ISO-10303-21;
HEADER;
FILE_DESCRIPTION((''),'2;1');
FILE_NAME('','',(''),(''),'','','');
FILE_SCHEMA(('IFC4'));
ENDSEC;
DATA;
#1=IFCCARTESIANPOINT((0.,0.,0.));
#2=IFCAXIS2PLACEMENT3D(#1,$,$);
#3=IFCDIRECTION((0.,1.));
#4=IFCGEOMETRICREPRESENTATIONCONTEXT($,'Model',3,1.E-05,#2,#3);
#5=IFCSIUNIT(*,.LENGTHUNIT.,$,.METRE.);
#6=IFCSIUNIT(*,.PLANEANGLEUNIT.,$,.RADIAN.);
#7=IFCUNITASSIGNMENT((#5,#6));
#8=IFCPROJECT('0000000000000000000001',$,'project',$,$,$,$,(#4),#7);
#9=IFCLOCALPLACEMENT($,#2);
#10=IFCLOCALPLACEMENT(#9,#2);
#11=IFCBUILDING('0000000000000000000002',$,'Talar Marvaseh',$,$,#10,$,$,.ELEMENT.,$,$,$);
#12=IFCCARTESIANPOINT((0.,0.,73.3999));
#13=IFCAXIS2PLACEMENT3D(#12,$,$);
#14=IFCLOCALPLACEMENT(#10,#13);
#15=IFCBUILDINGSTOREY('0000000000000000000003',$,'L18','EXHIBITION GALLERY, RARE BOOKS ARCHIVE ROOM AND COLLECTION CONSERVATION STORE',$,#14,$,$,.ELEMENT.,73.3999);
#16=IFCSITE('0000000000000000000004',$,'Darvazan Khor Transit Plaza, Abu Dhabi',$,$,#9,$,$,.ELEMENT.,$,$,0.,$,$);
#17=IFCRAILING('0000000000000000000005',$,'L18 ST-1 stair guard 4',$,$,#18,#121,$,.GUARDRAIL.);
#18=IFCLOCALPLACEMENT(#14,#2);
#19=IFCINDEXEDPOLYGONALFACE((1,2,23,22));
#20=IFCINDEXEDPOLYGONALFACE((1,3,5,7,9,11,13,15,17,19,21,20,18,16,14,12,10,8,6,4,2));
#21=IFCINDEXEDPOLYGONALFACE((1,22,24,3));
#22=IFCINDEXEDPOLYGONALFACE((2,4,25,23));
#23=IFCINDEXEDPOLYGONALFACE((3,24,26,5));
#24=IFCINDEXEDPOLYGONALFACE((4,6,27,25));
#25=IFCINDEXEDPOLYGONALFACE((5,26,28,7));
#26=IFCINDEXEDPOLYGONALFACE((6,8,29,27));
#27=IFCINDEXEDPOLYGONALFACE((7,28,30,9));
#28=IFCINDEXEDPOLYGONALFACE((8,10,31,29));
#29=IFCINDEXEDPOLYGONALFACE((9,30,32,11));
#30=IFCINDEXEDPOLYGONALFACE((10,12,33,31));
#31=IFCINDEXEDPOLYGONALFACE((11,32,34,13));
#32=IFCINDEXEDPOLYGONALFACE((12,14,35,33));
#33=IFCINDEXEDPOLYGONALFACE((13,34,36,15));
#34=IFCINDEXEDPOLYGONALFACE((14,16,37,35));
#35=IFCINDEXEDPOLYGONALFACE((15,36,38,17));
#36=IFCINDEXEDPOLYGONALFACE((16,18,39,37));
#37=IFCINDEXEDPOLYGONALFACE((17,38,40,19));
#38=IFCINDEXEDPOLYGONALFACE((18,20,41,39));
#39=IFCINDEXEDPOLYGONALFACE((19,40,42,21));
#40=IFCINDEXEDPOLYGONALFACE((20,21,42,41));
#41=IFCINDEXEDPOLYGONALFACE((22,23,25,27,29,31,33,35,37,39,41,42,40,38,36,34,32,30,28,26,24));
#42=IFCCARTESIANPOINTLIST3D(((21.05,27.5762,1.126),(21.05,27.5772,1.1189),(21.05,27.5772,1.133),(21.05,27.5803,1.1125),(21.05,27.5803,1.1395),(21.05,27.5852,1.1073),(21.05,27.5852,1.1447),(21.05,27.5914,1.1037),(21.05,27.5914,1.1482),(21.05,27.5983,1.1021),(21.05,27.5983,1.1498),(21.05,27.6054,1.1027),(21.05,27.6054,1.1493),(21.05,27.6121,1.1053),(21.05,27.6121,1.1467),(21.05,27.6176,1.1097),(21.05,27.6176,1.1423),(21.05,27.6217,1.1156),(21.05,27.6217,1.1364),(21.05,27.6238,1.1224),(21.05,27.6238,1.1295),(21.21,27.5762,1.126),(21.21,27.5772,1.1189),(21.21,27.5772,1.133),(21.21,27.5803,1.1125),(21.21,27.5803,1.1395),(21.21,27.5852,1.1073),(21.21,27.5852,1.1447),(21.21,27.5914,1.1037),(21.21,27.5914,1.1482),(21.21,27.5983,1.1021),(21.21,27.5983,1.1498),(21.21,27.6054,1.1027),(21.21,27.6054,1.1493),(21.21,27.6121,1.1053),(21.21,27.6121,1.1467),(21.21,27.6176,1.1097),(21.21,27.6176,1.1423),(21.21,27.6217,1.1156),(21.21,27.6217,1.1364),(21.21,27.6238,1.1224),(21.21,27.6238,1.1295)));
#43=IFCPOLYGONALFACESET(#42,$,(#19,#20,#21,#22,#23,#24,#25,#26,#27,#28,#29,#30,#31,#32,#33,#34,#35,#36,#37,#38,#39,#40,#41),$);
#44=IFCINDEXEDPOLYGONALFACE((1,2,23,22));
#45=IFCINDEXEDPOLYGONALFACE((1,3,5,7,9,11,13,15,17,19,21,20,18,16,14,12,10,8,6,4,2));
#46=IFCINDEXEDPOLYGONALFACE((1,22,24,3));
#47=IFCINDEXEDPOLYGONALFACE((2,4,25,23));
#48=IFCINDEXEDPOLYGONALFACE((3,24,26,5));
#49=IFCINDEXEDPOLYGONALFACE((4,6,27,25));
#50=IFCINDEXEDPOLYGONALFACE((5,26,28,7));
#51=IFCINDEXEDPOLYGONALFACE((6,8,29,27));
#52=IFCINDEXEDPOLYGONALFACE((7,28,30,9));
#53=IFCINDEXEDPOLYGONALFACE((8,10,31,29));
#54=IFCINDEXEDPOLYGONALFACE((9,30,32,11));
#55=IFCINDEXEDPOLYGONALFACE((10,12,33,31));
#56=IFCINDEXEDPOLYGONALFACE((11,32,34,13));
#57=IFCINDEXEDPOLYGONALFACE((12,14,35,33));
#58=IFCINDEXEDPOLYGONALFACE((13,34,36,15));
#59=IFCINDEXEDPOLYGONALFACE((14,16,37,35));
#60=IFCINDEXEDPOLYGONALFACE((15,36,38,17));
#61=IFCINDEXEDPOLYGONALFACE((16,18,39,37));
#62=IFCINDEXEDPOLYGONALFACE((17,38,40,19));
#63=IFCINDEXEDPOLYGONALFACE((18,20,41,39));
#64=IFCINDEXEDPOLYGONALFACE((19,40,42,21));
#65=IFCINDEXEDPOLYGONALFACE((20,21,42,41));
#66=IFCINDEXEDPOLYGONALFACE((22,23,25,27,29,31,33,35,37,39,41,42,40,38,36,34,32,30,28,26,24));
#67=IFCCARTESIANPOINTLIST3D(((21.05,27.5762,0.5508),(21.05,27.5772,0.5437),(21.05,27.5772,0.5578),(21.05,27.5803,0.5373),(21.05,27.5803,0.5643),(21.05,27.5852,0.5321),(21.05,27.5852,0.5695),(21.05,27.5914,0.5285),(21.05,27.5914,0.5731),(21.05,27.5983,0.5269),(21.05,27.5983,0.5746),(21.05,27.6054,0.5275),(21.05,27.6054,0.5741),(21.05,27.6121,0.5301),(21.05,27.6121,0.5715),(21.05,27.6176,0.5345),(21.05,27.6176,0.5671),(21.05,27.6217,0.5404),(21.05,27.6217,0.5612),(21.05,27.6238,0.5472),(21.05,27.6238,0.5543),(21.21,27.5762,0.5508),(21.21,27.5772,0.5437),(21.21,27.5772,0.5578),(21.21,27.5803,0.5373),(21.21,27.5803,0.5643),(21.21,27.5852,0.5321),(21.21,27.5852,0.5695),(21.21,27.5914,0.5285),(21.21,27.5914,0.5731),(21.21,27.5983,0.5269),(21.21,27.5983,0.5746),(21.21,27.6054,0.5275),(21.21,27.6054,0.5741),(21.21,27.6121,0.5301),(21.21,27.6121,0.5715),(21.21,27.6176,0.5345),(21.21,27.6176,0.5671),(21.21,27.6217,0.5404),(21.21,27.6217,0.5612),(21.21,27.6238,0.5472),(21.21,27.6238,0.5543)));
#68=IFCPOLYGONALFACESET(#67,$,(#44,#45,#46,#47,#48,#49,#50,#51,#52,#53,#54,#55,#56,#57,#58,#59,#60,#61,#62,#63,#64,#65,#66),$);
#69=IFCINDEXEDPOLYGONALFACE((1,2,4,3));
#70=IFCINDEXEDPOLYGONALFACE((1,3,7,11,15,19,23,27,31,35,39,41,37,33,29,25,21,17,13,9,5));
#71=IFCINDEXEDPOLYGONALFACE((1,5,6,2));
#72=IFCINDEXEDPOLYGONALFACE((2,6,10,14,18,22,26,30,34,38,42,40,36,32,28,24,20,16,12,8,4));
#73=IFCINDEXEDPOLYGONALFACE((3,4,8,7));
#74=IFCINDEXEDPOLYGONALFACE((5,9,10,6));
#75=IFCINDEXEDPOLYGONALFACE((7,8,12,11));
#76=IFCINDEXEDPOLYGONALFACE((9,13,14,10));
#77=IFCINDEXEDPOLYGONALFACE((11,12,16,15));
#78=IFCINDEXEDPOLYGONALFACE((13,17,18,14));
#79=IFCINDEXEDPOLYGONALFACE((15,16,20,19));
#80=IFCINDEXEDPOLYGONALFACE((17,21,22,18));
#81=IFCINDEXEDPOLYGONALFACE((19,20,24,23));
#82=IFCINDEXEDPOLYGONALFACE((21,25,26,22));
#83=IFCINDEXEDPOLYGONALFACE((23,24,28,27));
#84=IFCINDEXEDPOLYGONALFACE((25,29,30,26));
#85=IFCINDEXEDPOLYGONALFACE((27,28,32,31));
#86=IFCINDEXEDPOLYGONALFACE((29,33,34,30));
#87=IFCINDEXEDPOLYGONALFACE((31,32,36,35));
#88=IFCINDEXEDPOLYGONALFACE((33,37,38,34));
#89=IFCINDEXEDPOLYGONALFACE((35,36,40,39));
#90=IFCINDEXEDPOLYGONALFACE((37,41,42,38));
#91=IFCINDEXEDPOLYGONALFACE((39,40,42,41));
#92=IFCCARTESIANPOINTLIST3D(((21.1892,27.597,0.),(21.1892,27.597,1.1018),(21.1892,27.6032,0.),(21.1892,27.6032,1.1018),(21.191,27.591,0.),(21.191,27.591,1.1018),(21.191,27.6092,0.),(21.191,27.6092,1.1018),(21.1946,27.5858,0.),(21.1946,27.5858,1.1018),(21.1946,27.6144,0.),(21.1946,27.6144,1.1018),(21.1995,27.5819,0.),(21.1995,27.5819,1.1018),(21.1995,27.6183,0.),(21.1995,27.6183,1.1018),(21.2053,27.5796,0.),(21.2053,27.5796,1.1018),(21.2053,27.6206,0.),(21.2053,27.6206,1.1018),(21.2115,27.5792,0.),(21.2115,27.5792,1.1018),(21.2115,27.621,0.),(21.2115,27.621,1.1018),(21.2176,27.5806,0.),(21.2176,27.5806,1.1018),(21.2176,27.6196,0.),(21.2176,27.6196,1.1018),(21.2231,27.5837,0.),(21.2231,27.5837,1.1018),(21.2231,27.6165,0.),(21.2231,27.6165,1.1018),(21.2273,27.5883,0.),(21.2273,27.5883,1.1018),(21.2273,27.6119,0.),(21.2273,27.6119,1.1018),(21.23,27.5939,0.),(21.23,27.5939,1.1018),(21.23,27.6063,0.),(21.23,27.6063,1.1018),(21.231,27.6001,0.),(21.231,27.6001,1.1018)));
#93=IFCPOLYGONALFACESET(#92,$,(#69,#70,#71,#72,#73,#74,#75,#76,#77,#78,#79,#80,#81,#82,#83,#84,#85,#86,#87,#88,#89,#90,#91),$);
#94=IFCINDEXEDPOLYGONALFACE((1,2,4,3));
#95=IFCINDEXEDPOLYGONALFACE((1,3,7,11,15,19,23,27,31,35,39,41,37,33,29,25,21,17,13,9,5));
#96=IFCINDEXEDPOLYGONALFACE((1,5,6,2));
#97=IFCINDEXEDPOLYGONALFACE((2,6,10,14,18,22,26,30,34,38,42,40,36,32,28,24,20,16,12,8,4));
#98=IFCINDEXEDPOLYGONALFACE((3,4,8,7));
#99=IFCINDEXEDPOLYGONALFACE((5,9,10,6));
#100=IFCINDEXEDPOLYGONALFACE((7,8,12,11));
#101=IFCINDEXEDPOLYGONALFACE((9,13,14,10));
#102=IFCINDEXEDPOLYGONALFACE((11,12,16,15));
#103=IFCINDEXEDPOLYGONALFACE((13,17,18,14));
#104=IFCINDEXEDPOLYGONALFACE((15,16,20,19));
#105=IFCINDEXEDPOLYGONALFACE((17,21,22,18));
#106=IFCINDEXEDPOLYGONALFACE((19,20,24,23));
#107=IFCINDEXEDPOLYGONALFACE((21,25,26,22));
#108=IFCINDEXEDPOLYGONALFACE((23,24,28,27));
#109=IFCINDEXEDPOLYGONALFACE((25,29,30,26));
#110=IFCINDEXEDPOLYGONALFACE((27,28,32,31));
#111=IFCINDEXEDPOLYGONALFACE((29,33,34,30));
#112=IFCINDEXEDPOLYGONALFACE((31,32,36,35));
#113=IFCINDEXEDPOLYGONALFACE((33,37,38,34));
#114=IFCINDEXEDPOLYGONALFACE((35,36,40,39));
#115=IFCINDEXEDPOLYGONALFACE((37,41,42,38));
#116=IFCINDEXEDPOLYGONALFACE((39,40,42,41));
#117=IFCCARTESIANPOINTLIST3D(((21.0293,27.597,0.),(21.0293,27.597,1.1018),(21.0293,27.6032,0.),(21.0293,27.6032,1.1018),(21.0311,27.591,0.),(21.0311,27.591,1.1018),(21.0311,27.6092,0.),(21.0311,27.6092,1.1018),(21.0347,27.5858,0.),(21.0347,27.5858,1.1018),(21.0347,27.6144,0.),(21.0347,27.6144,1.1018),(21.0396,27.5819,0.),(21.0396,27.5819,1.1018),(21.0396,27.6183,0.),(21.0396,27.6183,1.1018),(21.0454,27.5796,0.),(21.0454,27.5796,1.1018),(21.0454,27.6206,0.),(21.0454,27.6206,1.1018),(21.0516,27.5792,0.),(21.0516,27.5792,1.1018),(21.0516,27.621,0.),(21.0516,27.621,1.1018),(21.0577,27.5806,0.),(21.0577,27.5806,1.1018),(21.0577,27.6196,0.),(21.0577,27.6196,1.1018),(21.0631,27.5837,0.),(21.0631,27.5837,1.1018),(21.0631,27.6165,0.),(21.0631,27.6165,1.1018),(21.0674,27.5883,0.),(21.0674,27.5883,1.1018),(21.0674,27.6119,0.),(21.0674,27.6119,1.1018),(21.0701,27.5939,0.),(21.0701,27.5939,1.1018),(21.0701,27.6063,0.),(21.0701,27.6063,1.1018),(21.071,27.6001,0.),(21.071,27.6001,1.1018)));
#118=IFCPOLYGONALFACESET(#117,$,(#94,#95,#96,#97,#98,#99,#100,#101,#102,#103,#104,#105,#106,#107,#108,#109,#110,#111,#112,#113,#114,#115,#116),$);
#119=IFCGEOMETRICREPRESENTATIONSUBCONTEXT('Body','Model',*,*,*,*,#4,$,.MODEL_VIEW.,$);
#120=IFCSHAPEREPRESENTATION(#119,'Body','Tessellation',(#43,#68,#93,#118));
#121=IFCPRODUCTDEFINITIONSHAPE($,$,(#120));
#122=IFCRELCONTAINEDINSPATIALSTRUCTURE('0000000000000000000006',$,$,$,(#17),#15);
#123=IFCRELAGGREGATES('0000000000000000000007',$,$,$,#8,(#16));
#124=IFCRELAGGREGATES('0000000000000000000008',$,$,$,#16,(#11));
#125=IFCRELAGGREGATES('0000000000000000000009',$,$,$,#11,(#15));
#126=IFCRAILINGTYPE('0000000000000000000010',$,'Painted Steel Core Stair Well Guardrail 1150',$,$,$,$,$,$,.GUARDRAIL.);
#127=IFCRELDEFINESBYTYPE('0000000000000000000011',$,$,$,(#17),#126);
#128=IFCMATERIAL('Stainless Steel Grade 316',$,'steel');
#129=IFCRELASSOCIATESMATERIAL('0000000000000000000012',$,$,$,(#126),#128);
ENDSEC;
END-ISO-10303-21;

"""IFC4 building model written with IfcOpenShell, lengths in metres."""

from ifc_helpers import new_model, si_unit, direction, frame, origin, origin_2d, place, context, subcontext, project, spatial, circle, extrude, material, type_object, element, save


model = new_model("IFC4")

# Units and contexts
model_context = context("Model", 3, precision=1e-05, world=origin(), true_north=direction((0.0, 1.0)))
body_context = subcontext(model_context, "Body", "Model", "MODEL_VIEW")
ifc_project = project(units=[si_unit("LENGTHUNIT", "METRE"), si_unit("PLANEANGLEUNIT", "RADIAN")], contexts=[model_context])

# Site, building, storey
site_placement = place(None, origin())
site = spatial("IfcSite", under=ifc_project, at=site_placement, Name="Darvazan Khor Transit Plaza, Abu Dhabi", CompositionType="ELEMENT", RefElevation=0.0)
building_placement = place(site_placement, origin())
building = spatial("IfcBuilding", under=site, at=building_placement, Name="Talar Marvaseh", CompositionType="ELEMENT")
storey_placement = place(building_placement, frame((0.0, 0.0, 73.3999)))
storey = spatial("IfcBuildingStorey", under=building, at=storey_placement, Name="L18", Description="EXHIBITION GALLERY, RARE BOOKS ARCHIVE ROOM AND COLLECTION CONSERVATION STORE", CompositionType="ELEMENT", Elevation=73.3999)

# Railing
ifc_material_1 = material(Name="Stainless Steel Grade 316", Category="steel")
railing_type_1 = type_object("IfcRailingType", Name="Painted Steel Core Stair Well Guardrail 1150", PredefinedType="GUARDRAIL", material=ifc_material_1)
railing_1_placement = place(storey_placement, frame((21.21, 27.6001, 0.0)))
element("IfcRailing", 1, at=railing_1_placement, inside=storey, type_object=railing_type_1, Name="L18 ST-1 stair guard 4", PredefinedType="GUARDRAIL", context=body_context, shape_type="SweptSolid", body=[
    extrude(circle(Radius=0.0239, at=origin_2d()), frame((0.0, 0.0, 1.126), z_axis=(-1.0, 0.0, 0.0), x_axis=(0.0, -1.0, 0.0)), (0.0, 0.0, 1.0), 0.1599),
    extrude(circle(Radius=0.0239, at=origin_2d()), frame((0.0, 0.0, 0.5508), z_axis=(-1.0, 0.0, 0.0), x_axis=(0.0, -1.0, 0.0)), (0.0, 0.0, 1.0), 0.1599),
    extrude(circle(Radius=0.021, at=origin_2d()), origin(), (0.0, 0.0, 1.0), 1.1018),
    extrude(circle(Radius=0.021, at=origin_2d()), frame((-0.1599, 0.0, 0.0)), (0.0, 0.0, 1.0), 1.1018),
])

save(model, "model.ifc")
